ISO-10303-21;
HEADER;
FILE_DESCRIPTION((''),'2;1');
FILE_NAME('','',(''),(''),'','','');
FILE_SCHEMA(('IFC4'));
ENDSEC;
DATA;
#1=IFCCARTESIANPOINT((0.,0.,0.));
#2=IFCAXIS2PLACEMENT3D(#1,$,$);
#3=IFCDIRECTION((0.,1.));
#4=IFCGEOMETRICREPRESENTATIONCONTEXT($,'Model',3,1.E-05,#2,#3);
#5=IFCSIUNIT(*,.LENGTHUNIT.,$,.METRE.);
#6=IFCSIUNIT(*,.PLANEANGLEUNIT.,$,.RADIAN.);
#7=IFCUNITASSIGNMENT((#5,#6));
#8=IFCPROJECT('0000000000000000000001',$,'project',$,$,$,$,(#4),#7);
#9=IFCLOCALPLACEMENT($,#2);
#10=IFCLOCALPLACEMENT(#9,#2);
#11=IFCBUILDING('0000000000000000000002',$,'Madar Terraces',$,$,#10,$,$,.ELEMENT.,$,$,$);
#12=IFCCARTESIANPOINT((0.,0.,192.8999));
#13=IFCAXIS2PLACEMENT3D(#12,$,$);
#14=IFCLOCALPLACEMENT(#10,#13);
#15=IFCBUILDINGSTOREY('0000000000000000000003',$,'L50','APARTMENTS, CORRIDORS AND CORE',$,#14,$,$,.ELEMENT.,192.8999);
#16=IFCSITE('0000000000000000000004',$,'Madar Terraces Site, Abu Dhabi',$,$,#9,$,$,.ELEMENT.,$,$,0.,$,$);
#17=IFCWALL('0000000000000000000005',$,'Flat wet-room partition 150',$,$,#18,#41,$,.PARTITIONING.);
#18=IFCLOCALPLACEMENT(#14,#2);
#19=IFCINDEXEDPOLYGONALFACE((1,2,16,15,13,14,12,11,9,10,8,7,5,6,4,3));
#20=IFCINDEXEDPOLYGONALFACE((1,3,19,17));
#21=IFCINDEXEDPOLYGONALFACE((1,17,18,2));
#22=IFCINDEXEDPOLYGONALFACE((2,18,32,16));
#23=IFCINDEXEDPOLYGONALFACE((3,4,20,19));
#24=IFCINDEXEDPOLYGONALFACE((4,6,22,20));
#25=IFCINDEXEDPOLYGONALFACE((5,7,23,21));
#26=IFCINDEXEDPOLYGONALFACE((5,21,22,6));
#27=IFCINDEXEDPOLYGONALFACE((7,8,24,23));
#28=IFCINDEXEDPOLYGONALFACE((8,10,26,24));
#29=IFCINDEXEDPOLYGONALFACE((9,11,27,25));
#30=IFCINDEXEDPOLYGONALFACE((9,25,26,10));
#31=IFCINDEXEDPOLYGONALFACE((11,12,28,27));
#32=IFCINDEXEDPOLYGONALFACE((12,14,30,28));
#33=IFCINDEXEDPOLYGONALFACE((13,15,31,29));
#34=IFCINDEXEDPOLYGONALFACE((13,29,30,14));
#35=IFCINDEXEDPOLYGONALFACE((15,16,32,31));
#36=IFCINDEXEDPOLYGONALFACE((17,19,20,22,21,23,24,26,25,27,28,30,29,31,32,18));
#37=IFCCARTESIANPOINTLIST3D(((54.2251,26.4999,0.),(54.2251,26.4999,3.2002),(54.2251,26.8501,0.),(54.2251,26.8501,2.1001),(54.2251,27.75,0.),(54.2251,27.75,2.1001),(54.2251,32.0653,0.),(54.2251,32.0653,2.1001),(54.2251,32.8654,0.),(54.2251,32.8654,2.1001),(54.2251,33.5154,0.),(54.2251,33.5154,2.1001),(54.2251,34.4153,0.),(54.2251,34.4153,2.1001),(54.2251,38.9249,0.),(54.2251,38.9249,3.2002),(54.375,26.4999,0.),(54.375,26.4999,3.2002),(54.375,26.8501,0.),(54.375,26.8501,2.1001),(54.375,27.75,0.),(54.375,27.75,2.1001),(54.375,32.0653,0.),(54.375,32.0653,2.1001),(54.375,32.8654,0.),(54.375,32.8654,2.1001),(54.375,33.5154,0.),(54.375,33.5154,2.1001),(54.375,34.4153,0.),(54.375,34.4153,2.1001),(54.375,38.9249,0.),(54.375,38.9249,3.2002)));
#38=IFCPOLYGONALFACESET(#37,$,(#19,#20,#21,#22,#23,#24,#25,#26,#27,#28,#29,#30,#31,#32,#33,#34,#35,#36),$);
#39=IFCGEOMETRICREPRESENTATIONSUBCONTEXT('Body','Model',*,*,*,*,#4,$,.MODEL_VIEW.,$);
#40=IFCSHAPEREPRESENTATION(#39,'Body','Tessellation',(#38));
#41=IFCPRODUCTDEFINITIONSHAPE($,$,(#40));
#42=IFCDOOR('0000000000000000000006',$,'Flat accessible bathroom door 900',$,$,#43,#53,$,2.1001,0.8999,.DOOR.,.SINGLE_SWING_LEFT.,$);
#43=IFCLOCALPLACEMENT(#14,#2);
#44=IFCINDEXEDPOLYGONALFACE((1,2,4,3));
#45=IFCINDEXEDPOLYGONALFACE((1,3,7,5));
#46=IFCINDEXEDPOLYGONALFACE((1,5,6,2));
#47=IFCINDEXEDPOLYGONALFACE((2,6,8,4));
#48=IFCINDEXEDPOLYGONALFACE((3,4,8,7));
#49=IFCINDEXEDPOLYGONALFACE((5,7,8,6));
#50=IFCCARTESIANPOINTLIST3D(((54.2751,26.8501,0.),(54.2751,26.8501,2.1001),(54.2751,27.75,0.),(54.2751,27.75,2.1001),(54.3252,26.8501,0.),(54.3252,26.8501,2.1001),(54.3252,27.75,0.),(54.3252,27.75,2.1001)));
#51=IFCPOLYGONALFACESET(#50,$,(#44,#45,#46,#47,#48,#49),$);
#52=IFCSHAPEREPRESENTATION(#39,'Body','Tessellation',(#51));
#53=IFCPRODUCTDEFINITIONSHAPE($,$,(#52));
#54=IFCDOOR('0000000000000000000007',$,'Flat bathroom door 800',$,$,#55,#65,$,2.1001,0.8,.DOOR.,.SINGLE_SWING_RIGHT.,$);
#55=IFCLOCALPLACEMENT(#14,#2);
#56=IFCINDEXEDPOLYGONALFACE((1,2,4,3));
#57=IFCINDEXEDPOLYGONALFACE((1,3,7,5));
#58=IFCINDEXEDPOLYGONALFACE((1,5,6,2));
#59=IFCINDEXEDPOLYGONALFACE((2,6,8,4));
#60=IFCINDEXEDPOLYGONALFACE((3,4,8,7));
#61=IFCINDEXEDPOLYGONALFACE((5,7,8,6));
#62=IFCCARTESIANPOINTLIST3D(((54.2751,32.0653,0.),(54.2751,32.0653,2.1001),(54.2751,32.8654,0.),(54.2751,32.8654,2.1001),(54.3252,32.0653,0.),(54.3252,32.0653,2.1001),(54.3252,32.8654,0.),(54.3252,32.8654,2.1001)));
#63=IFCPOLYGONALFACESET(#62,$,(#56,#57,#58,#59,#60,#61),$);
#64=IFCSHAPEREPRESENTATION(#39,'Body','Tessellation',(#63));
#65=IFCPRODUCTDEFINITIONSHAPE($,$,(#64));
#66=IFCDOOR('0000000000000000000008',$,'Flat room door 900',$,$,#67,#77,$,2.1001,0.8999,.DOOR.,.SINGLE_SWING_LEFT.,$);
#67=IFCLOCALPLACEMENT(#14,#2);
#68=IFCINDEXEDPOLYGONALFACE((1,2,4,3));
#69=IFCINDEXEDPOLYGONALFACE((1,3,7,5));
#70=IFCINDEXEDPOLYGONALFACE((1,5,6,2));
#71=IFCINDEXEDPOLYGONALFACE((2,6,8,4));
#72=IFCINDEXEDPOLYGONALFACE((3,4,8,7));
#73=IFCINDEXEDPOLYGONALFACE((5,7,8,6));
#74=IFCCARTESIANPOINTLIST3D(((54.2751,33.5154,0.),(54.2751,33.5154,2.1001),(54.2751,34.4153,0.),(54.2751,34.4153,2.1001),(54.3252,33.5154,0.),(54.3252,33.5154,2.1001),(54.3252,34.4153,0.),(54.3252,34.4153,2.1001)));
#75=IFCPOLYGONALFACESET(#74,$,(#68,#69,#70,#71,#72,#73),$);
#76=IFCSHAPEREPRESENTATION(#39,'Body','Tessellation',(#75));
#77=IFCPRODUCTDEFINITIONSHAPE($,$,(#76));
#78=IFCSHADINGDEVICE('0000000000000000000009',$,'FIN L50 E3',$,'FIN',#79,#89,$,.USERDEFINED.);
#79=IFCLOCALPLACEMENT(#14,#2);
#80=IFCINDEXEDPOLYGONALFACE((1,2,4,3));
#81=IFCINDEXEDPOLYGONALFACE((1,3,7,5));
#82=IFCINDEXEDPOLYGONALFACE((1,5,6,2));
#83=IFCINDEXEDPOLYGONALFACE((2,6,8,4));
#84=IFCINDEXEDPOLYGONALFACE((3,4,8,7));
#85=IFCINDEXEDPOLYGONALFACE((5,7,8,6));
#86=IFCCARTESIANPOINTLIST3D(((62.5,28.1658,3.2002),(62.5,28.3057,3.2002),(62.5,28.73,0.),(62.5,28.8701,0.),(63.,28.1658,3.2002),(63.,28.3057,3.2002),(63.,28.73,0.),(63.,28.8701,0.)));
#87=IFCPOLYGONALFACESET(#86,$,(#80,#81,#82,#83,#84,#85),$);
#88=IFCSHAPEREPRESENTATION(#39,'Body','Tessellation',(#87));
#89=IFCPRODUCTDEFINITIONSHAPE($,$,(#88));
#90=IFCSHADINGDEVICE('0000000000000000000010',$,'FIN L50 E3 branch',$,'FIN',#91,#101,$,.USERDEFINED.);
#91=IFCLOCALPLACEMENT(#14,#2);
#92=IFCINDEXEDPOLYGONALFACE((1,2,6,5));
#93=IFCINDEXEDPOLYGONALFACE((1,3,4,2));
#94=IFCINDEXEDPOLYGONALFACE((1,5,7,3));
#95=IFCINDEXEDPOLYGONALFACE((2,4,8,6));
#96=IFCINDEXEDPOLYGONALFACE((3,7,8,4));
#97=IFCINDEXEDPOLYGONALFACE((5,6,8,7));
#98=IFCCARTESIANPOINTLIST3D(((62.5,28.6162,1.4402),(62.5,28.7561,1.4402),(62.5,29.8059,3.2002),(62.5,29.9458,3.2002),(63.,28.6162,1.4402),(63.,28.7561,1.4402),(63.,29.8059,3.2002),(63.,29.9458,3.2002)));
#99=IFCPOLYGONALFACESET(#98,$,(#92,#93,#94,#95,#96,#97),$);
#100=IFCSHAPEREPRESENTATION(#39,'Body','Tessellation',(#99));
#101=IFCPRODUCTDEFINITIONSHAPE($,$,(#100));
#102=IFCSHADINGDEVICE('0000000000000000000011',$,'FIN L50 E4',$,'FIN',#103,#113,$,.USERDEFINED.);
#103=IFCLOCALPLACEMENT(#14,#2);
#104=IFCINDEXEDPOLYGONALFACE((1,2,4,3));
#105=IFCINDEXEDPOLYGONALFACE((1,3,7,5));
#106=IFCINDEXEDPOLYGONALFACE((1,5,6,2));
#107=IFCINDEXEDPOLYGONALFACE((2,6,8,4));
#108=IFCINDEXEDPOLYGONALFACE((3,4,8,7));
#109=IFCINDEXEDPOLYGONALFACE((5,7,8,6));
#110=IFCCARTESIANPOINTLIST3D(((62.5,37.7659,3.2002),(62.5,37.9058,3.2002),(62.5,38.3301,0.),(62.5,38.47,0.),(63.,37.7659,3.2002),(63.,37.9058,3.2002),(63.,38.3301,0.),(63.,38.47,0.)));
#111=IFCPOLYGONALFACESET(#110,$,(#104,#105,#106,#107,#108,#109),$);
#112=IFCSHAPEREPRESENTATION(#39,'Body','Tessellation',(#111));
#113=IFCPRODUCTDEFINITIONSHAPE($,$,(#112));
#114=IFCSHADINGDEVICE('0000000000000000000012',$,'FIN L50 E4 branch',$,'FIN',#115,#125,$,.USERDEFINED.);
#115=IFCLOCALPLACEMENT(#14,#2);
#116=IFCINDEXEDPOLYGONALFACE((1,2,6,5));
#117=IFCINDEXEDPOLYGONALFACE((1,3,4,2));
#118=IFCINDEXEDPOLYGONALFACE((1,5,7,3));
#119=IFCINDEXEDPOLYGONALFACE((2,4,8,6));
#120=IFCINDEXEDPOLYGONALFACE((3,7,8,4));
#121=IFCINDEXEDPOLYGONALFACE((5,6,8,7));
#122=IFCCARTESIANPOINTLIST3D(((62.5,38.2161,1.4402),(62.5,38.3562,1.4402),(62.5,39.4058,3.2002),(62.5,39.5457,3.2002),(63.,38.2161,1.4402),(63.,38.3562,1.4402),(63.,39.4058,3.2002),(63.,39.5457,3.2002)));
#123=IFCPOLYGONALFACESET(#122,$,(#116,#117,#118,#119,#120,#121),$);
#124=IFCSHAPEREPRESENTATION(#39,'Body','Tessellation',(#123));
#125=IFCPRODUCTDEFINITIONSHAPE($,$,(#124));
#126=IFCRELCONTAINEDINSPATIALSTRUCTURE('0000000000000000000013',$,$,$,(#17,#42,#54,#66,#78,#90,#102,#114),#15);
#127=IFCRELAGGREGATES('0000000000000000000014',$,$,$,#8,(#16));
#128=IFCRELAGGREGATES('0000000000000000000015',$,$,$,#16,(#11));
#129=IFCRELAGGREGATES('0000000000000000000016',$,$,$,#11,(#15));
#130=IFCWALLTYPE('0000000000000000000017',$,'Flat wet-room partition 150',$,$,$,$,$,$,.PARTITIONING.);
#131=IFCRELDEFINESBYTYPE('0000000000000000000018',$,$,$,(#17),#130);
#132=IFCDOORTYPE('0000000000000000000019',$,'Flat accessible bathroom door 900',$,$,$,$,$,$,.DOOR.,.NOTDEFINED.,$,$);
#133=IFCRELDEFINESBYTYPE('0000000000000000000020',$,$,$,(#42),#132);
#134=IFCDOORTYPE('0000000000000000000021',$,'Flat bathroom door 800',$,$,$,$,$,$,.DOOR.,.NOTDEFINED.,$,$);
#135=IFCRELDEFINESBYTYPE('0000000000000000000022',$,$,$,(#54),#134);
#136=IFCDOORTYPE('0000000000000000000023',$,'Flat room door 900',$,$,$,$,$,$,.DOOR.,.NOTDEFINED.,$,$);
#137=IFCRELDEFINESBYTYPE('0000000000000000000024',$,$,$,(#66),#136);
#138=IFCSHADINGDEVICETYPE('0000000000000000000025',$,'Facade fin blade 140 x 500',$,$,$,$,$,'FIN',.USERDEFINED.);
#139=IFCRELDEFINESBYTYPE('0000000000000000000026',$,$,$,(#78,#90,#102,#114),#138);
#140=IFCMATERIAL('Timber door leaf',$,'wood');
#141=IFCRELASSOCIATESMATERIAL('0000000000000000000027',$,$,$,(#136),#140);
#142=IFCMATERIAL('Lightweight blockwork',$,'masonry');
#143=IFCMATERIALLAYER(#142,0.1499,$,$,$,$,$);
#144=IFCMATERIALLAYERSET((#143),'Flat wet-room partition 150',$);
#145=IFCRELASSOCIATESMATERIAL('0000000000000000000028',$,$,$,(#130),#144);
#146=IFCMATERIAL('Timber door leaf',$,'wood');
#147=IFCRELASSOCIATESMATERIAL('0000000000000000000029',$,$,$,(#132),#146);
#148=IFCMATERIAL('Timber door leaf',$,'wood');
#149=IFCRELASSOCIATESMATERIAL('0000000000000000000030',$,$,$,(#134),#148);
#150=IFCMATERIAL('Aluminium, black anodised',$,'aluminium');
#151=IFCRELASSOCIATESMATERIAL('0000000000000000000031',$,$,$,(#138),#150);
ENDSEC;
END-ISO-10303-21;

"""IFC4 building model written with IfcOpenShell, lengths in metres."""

from ifc_helpers import new_model, si_unit, direction, frame, frame_2d, origin, place, context, subcontext, project, spatial, polyline, rectangle, outline, extrude, material, layer, layer_set, type_object, element, fill, save


model = new_model("IFC4")

# Units and contexts
model_context = context("Model", 3, precision=1e-05, world=origin(), true_north=direction((0.0, 1.0)))
body_context = subcontext(model_context, "Body", "Model", "MODEL_VIEW")
ifc_project = project(units=[si_unit("LENGTHUNIT", "METRE"), si_unit("PLANEANGLEUNIT", "RADIAN")], contexts=[model_context])

# Site, building, storey
site_placement = place(None, origin())
site = spatial("IfcSite", under=ifc_project, at=site_placement, Name="Madar Terraces Site, Abu Dhabi", CompositionType="ELEMENT", RefElevation=0.0)
building_placement = place(site_placement, origin())
building = spatial("IfcBuilding", under=site, at=building_placement, Name="Madar Terraces", CompositionType="ELEMENT")
storey_placement = place(building_placement, frame((0.0, 0.0, 192.8999)))
storey = spatial("IfcBuildingStorey", under=building, at=storey_placement, Name="L50", Description="APARTMENTS, CORRIDORS AND CORE", CompositionType="ELEMENT", Elevation=192.8999)

# Shared definitions
ifc_material_1 = material(Name="Timber door leaf", Category="wood")
door_type_1 = type_object("IfcDoorType", Name="Flat room door 900", OperationType="NOTDEFINED", PredefinedType="DOOR", material=ifc_material_1)

# Shared definitions
ifc_material_2 = material(Name="Lightweight blockwork", Category="masonry")
ifc_layer_1 = layer(ifc_material_2, 0.1499)
ifc_layer_set_1 = layer_set([ifc_layer_1], Name="Flat wet-room partition 150")
wall_type_1 = type_object("IfcWallType", Name="Flat wet-room partition 150", PredefinedType="PARTITIONING", material=ifc_layer_set_1)

# Wall, openings, doors
wall_1_placement = place(storey_placement, frame((54.3, 26.5, 0.0), z_axis=(0.0, 0.0, 1.0), x_axis=(0.0, 1.0, 0.0)))
wall_1 = element("IfcWall", 1, at=wall_1_placement, inside=storey, type_object=wall_type_1, Name="Flat wet-room partition 150", PredefinedType="PARTITIONING", context=body_context, shape_type="SweptSolid", body=[
    extrude(rectangle(XDim=12.425, YDim=0.1499, at=frame_2d((6.2124, 0.0))), origin(), (0.0, 0.0, 1.0), 3.2002),
])
opening_1_placement = place(wall_1_placement, frame((7.0154, 0.0, 0.0)))
opening_1 = element("IfcOpeningElement", 2, at=opening_1_placement, cuts=wall_1, PredefinedType="OPENING", context=body_context, shape_type="SweptSolid", body=[
    extrude(rectangle(XDim=0.8999, YDim=2.1001, at=frame_2d((0.45, 1.05))), frame((0.0, 0.085, 0.0), z_axis=(0.0, -1.0, 0.0), x_axis=(1.0, 0.0, 0.0)), (0.0, 0.0, 1.0), 0.1699),
])
opening_2_placement = place(wall_1_placement, frame((5.5654, 0.0, 0.0)))
opening_2 = element("IfcOpeningElement", 3, at=opening_2_placement, cuts=wall_1, PredefinedType="OPENING", context=body_context, shape_type="SweptSolid", body=[
    extrude(rectangle(XDim=0.8, YDim=2.1001, at=frame_2d((0.3999, 1.05))), frame((0.0, 0.085, 0.0), z_axis=(0.0, -1.0, 0.0), x_axis=(1.0, 0.0, 0.0)), (0.0, 0.0, 1.0), 0.1699),
])
opening_3_placement = place(wall_1_placement, frame((0.3501, 0.0, 0.0)))
opening_3 = element("IfcOpeningElement", 4, at=opening_3_placement, cuts=wall_1, PredefinedType="OPENING", context=body_context, shape_type="SweptSolid", body=[
    extrude(rectangle(XDim=0.8999, YDim=2.1001, at=frame_2d((0.45, 1.05))), frame((0.0, 0.085, 0.0), z_axis=(0.0, -1.0, 0.0), x_axis=(1.0, 0.0, 0.0)), (0.0, 0.0, 1.0), 0.1699),
])
ifc_material_3 = material(Name="Timber door leaf", Category="wood")
door_type_2 = type_object("IfcDoorType", Name="Flat accessible bathroom door 900", OperationType="NOTDEFINED", PredefinedType="DOOR", material=ifc_material_3)
door_1_placement = place(opening_3_placement, origin())
door_1 = element("IfcDoor", 5, at=door_1_placement, inside=storey, type_object=door_type_2, Name="Flat accessible bathroom door 900", OperationType="SINGLE_SWING_LEFT", OverallHeight=2.1001, OverallWidth=0.8999, PredefinedType="DOOR", context=body_context, shape_type="SweptSolid", body=[
    extrude(rectangle(XDim=0.8999, YDim=2.1001, at=frame_2d((0.45, 1.05))), frame((0.0, 0.0249, 0.0), z_axis=(0.0, -1.0, 0.0), x_axis=(1.0, 0.0, 0.0)), (0.0, 0.0, 1.0), 0.05),
])
fill(opening_3, door_1)
ifc_material_4 = material(Name="Timber door leaf", Category="wood")
door_type_3 = type_object("IfcDoorType", Name="Flat bathroom door 800", OperationType="NOTDEFINED", PredefinedType="DOOR", material=ifc_material_4)
door_2_placement = place(opening_2_placement, origin())
door_2 = element("IfcDoor", 6, at=door_2_placement, inside=storey, type_object=door_type_3, Name="Flat bathroom door 800", OperationType="SINGLE_SWING_RIGHT", OverallHeight=2.1001, OverallWidth=0.8, PredefinedType="DOOR", context=body_context, shape_type="SweptSolid", body=[
    extrude(rectangle(XDim=0.8, YDim=2.1001, at=frame_2d((0.3999, 1.05))), frame((0.0, 0.0249, 0.0), z_axis=(0.0, -1.0, 0.0), x_axis=(1.0, 0.0, 0.0)), (0.0, 0.0, 1.0), 0.05),
])
fill(opening_2, door_2)
door_3_placement = place(opening_1_placement, origin())
door_3 = element("IfcDoor", 7, at=door_3_placement, inside=storey, type_object=door_type_1, Name="Flat room door 900", OperationType="SINGLE_SWING_LEFT", OverallHeight=2.1001, OverallWidth=0.8999, PredefinedType="DOOR", context=body_context, shape_type="SweptSolid", body=[
    extrude(rectangle(XDim=0.8999, YDim=2.1001, at=frame_2d((0.45, 1.05))), frame((0.0, 0.0249, 0.0), z_axis=(0.0, -1.0, 0.0), x_axis=(1.0, 0.0, 0.0)), (0.0, 0.0, 1.0), 0.05),
])
fill(opening_1, door_3)

# Shading devices
ifc_material_5 = material(Name="Aluminium, black anodised", Category="aluminium")
shading_device_type = type_object("IfcShadingDeviceType", Name="Facade fin blade 140 x 500", ElementType="FIN", PredefinedType="USERDEFINED", material=ifc_material_5)
shading_device_1_placement = place(storey_placement, frame((62.75, 28.73, 0.0), z_axis=(0.0, 0.0, 1.0), x_axis=(0.0, 1.0, 0.0)))
element("IfcShadingDevice", 8, at=shading_device_1_placement, inside=storey, type_object=shading_device_type, Name="FIN L50 E3", ObjectType="FIN", PredefinedType="USERDEFINED", context=body_context, shape_type="SweptSolid", body=[
    extrude(outline(polyline([(0.0, 0.0), (0.1401, 0.0), (-0.4243, 3.2002), (-0.5642, 3.2002), (0.0, 0.0)])), frame((0.0, 0.25, 0.0), z_axis=(0.0, -1.0, 0.0), x_axis=(1.0, 0.0, 0.0)), (0.0, 0.0, 1.0), 0.5),
])
shading_device_2_placement = place(storey_placement, frame((62.75, 28.6162, 1.4402), z_axis=(0.0, 0.0, 1.0), x_axis=(0.0, 1.0, 0.0)))
element("IfcShadingDevice", 9, at=shading_device_2_placement, inside=storey, type_object=shading_device_type, Name="FIN L50 E3 branch", ObjectType="FIN", PredefinedType="USERDEFINED", context=body_context, shape_type="SweptSolid", body=[
    extrude(outline(polyline([(0.0, 0.0), (0.1399, 0.0), (1.3296, 1.76), (1.1897, 1.76), (0.0, 0.0)])), frame((0.0, 0.25, 0.0), z_axis=(0.0, -1.0, 0.0), x_axis=(1.0, 0.0, 0.0)), (0.0, 0.0, 1.0), 0.5),
])
shading_device_3_placement = place(storey_placement, frame((62.75, 38.3301, 0.0), z_axis=(0.0, 0.0, 1.0), x_axis=(0.0, 1.0, 0.0)))
element("IfcShadingDevice", 10, at=shading_device_3_placement, inside=storey, type_object=shading_device_type, Name="FIN L50 E4", ObjectType="FIN", PredefinedType="USERDEFINED", context=body_context, shape_type="SweptSolid", body=[
    extrude(outline(polyline([(0.0, 0.0), (0.1399, 0.0), (-0.4243, 3.2002), (-0.5642, 3.2002), (0.0, 0.0)])), frame((0.0, 0.25, 0.0), z_axis=(0.0, -1.0, 0.0), x_axis=(1.0, 0.0, 0.0)), (0.0, 0.0, 1.0), 0.5),
])
shading_device_4_placement = place(storey_placement, frame((62.75, 38.2161, 1.4402), z_axis=(0.0, 0.0, 1.0), x_axis=(0.0, 1.0, 0.0)))
element("IfcShadingDevice", 11, at=shading_device_4_placement, inside=storey, type_object=shading_device_type, Name="FIN L50 E4 branch", ObjectType="FIN", PredefinedType="USERDEFINED", context=body_context, shape_type="SweptSolid", body=[
    extrude(outline(polyline([(0.0, 0.0), (0.1401, 0.0), (1.3296, 1.76), (1.1897, 1.76), (0.0, 0.0)])), frame((0.0, 0.25, 0.0), z_axis=(0.0, -1.0, 0.0), x_axis=(1.0, 0.0, 0.0)), (0.0, 0.0, 1.0), 0.5),
])

save(model, "model.ifc")
